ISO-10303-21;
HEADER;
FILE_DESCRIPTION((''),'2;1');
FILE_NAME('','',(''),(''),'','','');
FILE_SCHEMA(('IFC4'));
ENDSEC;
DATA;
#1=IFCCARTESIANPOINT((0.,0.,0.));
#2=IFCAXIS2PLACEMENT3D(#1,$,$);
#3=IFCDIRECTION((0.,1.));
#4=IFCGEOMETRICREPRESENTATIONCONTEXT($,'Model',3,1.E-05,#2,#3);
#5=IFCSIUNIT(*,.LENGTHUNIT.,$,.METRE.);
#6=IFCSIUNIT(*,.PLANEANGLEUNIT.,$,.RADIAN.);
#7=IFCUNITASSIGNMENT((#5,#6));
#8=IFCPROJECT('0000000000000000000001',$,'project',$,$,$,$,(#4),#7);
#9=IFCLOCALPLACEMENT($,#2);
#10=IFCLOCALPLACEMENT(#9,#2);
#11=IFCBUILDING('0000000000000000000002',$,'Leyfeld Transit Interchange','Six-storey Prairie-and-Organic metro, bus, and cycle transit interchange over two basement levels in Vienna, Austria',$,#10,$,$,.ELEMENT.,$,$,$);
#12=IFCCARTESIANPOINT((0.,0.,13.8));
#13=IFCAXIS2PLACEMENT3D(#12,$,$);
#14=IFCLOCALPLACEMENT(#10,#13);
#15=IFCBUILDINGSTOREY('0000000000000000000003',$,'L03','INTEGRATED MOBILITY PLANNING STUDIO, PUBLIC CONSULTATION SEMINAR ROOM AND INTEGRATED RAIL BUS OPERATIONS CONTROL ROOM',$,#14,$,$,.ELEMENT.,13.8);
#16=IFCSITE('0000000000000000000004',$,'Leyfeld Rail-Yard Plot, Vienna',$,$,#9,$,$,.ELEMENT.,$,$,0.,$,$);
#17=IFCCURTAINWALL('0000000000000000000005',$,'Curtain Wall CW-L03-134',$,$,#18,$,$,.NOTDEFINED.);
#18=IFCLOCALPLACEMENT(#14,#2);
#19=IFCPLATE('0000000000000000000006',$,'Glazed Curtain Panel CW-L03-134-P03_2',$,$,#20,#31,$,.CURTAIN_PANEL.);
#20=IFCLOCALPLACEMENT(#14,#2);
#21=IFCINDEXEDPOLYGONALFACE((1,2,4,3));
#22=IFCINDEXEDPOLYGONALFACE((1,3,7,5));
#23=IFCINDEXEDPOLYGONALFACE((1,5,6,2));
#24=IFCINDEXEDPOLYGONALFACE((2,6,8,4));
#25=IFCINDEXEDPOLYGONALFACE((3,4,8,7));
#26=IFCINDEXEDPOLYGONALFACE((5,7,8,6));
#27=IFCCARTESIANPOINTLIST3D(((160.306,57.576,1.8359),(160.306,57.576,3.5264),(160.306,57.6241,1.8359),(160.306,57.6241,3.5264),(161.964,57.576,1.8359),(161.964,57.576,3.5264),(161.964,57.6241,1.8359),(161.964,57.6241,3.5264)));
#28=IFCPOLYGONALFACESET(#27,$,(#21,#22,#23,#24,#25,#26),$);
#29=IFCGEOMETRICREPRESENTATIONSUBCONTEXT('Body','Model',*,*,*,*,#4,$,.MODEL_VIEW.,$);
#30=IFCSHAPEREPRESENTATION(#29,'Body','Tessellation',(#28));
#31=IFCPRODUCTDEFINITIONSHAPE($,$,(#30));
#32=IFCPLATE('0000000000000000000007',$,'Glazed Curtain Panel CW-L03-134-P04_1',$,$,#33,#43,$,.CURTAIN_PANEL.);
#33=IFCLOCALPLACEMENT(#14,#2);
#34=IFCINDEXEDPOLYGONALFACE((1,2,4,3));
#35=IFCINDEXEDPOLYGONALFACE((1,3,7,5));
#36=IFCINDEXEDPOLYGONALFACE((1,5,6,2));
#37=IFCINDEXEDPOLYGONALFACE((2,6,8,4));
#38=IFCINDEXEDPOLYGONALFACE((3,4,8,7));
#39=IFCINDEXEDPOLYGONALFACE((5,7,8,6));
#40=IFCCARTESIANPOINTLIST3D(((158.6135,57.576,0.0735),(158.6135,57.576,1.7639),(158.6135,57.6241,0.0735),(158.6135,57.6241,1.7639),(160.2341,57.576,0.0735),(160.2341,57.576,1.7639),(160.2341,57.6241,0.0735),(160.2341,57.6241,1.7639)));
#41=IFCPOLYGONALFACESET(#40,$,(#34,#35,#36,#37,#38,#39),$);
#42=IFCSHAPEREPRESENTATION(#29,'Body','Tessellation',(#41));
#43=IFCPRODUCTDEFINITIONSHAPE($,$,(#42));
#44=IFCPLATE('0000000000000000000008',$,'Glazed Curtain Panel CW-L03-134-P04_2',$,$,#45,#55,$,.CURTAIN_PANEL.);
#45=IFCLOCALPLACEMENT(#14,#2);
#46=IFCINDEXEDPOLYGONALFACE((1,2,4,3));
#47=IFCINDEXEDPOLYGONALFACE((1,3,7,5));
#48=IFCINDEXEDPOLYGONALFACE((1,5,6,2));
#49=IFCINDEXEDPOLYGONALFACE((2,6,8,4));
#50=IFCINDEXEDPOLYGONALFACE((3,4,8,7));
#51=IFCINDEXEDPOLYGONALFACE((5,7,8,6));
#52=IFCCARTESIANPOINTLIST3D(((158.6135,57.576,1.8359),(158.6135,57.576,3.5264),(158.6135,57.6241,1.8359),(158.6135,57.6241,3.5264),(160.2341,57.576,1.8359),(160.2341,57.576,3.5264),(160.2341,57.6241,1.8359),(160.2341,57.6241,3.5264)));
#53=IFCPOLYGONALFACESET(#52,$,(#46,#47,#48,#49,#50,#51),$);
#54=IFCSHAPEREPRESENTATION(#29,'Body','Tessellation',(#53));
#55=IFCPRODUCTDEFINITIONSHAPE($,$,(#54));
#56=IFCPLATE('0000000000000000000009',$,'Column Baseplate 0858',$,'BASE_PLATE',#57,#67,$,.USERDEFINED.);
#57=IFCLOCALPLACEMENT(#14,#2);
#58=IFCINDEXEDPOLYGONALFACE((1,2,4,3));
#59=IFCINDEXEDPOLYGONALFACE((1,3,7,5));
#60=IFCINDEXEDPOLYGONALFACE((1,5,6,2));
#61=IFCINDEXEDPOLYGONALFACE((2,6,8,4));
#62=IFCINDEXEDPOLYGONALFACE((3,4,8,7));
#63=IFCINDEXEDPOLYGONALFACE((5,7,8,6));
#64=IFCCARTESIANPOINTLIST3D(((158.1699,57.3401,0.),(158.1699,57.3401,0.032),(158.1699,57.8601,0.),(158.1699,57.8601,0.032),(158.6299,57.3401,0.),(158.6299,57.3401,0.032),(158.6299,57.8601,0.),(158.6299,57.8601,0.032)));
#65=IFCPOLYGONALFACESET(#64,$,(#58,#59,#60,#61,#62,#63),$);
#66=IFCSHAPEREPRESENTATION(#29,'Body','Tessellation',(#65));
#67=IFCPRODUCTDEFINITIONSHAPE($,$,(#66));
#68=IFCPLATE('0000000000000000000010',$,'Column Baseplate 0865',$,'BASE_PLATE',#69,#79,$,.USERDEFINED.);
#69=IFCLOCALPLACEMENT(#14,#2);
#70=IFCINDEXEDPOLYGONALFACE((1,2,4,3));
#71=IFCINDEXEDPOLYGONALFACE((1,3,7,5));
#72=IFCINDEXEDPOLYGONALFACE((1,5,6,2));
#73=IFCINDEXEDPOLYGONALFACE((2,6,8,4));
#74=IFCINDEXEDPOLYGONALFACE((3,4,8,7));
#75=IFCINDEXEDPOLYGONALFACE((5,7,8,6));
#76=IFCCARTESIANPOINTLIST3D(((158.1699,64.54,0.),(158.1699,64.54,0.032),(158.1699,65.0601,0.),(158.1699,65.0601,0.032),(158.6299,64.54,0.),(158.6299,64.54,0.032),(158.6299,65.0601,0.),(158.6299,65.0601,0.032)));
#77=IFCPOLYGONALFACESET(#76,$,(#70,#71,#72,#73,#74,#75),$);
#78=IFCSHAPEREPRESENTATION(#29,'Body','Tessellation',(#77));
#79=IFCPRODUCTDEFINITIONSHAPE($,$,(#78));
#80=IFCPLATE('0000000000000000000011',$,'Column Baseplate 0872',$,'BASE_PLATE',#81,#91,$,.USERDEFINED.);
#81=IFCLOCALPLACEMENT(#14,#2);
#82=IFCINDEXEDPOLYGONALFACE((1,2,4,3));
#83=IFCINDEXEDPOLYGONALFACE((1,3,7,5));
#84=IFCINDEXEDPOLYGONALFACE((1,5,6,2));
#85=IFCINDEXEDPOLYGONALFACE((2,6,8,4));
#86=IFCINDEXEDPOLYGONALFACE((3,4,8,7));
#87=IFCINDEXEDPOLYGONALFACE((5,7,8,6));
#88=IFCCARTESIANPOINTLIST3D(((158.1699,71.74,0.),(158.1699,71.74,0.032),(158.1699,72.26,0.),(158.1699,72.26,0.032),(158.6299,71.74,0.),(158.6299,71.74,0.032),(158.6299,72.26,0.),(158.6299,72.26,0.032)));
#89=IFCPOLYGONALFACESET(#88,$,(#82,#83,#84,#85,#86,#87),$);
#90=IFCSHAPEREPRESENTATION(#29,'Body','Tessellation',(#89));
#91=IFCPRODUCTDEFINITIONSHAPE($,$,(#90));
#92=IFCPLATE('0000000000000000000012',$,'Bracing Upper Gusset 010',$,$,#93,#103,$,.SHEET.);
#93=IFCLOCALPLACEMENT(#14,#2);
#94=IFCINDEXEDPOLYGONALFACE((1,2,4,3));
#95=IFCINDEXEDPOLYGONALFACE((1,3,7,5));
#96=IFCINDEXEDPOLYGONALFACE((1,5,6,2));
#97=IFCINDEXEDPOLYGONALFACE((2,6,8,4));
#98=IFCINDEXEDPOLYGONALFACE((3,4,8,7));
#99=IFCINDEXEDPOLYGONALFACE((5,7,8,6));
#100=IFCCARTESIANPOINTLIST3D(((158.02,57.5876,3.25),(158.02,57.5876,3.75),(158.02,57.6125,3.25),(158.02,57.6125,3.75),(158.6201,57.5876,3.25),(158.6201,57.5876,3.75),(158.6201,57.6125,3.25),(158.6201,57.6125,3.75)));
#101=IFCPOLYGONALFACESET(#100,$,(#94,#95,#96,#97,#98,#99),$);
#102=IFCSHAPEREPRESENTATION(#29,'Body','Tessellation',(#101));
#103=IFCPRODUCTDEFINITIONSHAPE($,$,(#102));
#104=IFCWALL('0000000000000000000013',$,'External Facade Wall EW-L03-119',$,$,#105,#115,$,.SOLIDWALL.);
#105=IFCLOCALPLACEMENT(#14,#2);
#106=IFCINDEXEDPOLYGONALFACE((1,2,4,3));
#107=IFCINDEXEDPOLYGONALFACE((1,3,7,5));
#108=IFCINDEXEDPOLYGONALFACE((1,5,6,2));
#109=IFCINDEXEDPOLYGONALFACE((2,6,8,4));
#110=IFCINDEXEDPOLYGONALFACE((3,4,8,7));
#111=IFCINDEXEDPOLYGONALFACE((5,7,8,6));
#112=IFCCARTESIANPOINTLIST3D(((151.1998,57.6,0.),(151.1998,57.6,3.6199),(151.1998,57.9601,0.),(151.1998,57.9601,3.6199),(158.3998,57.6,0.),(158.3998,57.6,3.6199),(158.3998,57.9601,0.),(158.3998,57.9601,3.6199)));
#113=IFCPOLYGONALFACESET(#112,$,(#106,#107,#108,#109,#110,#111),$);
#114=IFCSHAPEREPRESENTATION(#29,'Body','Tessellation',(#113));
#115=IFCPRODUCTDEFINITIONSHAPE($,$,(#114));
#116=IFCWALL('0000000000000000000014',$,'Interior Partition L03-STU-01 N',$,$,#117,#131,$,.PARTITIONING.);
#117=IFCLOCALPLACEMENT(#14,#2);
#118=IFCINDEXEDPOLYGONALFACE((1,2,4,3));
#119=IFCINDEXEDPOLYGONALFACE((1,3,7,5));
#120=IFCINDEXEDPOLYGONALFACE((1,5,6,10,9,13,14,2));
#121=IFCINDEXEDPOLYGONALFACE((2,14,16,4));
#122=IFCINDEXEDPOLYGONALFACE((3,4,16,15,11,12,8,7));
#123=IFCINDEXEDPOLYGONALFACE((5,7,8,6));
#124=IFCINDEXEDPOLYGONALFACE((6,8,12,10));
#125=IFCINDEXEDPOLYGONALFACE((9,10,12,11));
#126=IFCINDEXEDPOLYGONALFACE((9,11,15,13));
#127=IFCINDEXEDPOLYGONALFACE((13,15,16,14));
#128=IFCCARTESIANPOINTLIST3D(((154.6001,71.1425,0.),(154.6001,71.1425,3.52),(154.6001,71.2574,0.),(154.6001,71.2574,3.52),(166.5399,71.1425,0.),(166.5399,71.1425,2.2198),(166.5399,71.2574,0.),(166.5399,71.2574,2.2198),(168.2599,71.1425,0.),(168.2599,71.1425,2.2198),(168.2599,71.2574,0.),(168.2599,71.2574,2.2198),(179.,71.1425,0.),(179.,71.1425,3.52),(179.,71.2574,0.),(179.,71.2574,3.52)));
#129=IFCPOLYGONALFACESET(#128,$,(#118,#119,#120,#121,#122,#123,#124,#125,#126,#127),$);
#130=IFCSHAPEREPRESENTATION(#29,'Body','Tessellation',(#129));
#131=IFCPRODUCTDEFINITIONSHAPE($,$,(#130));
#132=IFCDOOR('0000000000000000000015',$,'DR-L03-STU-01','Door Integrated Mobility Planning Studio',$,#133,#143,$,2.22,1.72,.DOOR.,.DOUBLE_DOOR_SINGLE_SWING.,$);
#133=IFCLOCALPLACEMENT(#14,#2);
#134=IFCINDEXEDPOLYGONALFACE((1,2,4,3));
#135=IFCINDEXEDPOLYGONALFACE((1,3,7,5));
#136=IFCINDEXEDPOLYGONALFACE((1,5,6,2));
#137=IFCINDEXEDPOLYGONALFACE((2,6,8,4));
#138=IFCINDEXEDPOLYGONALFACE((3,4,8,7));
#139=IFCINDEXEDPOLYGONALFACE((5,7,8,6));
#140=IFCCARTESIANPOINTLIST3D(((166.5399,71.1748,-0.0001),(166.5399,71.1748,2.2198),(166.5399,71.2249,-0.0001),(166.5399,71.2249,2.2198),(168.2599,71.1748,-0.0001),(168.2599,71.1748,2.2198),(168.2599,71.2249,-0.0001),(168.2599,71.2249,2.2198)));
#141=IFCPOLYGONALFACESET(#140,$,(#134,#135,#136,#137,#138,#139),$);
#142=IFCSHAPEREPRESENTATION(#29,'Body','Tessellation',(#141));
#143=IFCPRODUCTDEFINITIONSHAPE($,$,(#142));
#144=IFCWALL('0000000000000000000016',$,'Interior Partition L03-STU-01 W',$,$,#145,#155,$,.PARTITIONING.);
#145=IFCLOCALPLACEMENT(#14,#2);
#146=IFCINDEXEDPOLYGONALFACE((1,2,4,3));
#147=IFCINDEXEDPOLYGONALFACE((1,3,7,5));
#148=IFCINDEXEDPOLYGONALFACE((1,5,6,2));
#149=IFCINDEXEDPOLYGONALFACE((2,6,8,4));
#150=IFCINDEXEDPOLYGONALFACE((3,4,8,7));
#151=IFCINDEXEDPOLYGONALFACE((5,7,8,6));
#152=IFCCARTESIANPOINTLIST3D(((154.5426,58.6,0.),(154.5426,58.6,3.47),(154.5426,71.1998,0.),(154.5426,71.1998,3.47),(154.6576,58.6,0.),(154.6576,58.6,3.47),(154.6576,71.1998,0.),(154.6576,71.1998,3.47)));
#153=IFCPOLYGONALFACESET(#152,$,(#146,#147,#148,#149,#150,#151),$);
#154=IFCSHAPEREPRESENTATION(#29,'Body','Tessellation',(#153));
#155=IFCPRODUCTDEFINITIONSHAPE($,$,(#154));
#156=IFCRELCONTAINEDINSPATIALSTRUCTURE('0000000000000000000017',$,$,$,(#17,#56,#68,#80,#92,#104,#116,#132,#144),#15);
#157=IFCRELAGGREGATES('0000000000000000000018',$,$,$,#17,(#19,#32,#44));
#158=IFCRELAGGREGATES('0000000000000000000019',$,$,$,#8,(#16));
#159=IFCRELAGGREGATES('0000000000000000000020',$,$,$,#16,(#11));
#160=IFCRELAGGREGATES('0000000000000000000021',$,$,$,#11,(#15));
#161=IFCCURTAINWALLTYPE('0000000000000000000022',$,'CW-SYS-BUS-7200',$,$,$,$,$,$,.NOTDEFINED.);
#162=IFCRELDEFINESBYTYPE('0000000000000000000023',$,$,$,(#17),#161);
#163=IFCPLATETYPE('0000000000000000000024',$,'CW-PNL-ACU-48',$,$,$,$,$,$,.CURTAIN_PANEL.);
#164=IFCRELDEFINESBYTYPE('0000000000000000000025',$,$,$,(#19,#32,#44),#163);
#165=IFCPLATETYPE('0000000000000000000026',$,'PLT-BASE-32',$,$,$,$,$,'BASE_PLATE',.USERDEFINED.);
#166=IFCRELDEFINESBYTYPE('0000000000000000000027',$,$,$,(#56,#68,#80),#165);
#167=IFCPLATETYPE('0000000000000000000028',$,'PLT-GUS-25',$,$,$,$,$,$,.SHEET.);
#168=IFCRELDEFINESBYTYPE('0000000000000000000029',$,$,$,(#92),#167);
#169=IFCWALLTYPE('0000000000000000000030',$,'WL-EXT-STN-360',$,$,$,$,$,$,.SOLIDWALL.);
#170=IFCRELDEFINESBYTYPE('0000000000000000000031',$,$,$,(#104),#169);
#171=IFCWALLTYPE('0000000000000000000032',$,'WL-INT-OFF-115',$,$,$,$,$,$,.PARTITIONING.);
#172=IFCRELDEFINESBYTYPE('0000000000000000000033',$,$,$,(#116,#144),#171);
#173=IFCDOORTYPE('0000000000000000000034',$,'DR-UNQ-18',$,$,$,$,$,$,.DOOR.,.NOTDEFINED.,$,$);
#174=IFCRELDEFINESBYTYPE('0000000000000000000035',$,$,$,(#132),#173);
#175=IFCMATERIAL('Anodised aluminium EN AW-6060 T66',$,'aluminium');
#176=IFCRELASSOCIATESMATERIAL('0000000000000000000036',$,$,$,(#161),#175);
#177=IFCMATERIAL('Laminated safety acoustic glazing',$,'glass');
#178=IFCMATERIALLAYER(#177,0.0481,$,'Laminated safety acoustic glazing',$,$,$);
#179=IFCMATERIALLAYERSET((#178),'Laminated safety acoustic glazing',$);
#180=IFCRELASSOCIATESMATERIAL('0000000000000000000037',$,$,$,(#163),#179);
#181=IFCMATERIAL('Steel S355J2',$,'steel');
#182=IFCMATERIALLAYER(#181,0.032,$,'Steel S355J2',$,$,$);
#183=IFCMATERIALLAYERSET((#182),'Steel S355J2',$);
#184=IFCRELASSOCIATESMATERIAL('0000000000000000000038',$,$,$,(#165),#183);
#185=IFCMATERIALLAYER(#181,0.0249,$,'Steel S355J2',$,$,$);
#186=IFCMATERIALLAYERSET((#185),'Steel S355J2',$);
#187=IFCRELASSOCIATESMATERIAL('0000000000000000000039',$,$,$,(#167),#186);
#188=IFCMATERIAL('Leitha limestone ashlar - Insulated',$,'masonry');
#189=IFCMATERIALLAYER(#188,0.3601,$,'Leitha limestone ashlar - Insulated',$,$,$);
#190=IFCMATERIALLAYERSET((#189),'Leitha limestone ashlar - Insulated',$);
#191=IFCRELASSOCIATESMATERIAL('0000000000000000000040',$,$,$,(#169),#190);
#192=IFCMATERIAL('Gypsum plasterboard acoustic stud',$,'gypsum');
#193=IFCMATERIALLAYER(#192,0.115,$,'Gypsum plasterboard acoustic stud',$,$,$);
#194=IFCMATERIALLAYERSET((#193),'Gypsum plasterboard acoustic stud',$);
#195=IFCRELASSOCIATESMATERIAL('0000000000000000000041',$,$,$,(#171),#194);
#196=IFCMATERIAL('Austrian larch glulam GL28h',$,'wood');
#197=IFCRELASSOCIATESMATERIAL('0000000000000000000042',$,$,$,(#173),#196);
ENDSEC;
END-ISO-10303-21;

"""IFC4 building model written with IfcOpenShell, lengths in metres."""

from ifc_helpers import new_model, si_unit, direction, frame, frame_2d, origin, origin_2d, place, context, subcontext, project, spatial, rectangle, extrude, material, layer, layer_set, type_object, element, fill, aggregate, save


model = new_model("IFC4")

# Units and contexts
model_context = context("Model", 3, precision=1e-05, world=origin(), true_north=direction((0.0, 1.0)))
body_context = subcontext(model_context, "Body", "Model", "MODEL_VIEW")
ifc_project = project(units=[si_unit("LENGTHUNIT", "METRE"), si_unit("PLANEANGLEUNIT", "RADIAN")], contexts=[model_context])

# Site, building, storey
site_placement = place(None, origin())
site = spatial("IfcSite", under=ifc_project, at=site_placement, Name="Leyfeld Rail-Yard Plot, Vienna", CompositionType="ELEMENT", RefElevation=0.0)
building_placement = place(site_placement, origin())
building = spatial("IfcBuilding", under=site, at=building_placement, Name="Leyfeld Transit Interchange", Description="Six-storey Prairie-and-Organic metro, bus, and cycle transit interchange over two basement levels in Vienna, Austria", CompositionType="ELEMENT")
storey_placement = place(building_placement, frame((0.0, 0.0, 13.8)))
storey = spatial("IfcBuildingStorey", under=building, at=storey_placement, Name="L03", Description="INTEGRATED MOBILITY PLANNING STUDIO, PUBLIC CONSULTATION SEMINAR ROOM AND INTEGRATED RAIL BUS OPERATIONS CONTROL ROOM", CompositionType="ELEMENT", Elevation=13.8)

# Shared definitions
ifc_material_1 = material(Name="Steel S355J2", Category="steel")

# Curtain wall, plates
ifc_material_2 = material(Name="Anodised aluminium EN AW-6060 T66", Category="aluminium")
curtain_wall_type = type_object("IfcCurtainWallType", Name="CW-SYS-BUS-7200", PredefinedType="NOTDEFINED", material=ifc_material_2)
curtain_wall_placement = place(storey_placement, origin())
curtain_wall = element("IfcCurtainWall", 1, at=curtain_wall_placement, inside=storey, type_object=curtain_wall_type, Name="Curtain Wall CW-L03-134", PredefinedType="NOTDEFINED")
ifc_material_3 = material(Name="Laminated safety acoustic glazing", Category="glass")
ifc_layer_1 = layer(ifc_material_3, 0.0481, Name="Laminated safety acoustic glazing")
ifc_layer_set_1 = layer_set([ifc_layer_1], Name="Laminated safety acoustic glazing")
plate_type_1 = type_object("IfcPlateType", Name="CW-PNL-ACU-48", PredefinedType="CURTAIN_PANEL", material=ifc_layer_set_1)
plate_1_placement = place(storey_placement, frame((161.135, 57.6001, 1.8359), z_axis=(0.0, 0.0, 1.0), x_axis=(-1.0, 0.0, 0.0)))
plate_1 = element("IfcPlate", 2, at=plate_1_placement, type_object=plate_type_1, Name="Glazed Curtain Panel CW-L03-134-P03_2", PredefinedType="CURTAIN_PANEL", context=body_context, shape_type="SweptSolid", body=[
    extrude(rectangle(XDim=1.658, YDim=0.0481, at=origin_2d()), origin(), (0.0, 0.0, 1.0), 1.6904),
])
plate_2_placement = place(storey_placement, frame((159.4238, 57.6001, 0.0735), z_axis=(0.0, 0.0, 1.0), x_axis=(-1.0, 0.0, 0.0)))
plate_2 = element("IfcPlate", 3, at=plate_2_placement, type_object=plate_type_1, Name="Glazed Curtain Panel CW-L03-134-P04_1", PredefinedType="CURTAIN_PANEL", context=body_context, shape_type="SweptSolid", body=[
    extrude(rectangle(XDim=1.6206, YDim=0.0481, at=origin_2d()), origin(), (0.0, 0.0, 1.0), 1.6904),
])
plate_3_placement = place(storey_placement, frame((159.4238, 57.6001, 1.8359), z_axis=(0.0, 0.0, 1.0), x_axis=(-1.0, 0.0, 0.0)))
plate_3 = element("IfcPlate", 4, at=plate_3_placement, type_object=plate_type_1, Name="Glazed Curtain Panel CW-L03-134-P04_2", PredefinedType="CURTAIN_PANEL", context=body_context, shape_type="SweptSolid", body=[
    extrude(rectangle(XDim=1.6206, YDim=0.0481, at=origin_2d()), origin(), (0.0, 0.0, 1.0), 1.6904),
])
aggregate(curtain_wall, [plate_1, plate_2, plate_3])

# Plates
ifc_layer_2 = layer(ifc_material_1, 0.032, Name="Steel S355J2")
ifc_layer_set_2 = layer_set([ifc_layer_2], Name="Steel S355J2")
plate_type_2 = type_object("IfcPlateType", Name="PLT-BASE-32", ElementType="BASE_PLATE", PredefinedType="USERDEFINED", material=ifc_layer_set_2)
for number, where, z_axis, x_axis, name in (
    (5, (158.3999, 57.6001, 0.0), (0.0, 0.0, 1.0), (1.0, 0.0, 0.0), "Column Baseplate 0858"),
    (6, (158.3999, 64.8, 0.0), (0.0, 0.0, 1.0), (1.0, 0.0, 0.0), "Column Baseplate 0865"),
    (7, (158.3999, 72.0, 0.0), (0.0, 0.0, 1.0), (1.0, 0.0, 0.0), "Column Baseplate 0872"),
):
    element("IfcPlate", number, at=place(storey_placement, frame(where, z_axis=z_axis, x_axis=x_axis)), inside=storey, type_object=plate_type_2, Name=name, ObjectType="BASE_PLATE", PredefinedType="USERDEFINED", context=body_context, shape_type="SweptSolid", body=[
        extrude(rectangle(XDim=0.46, YDim=0.52, at=origin_2d()), origin(), (0.0, 0.0, 1.0), 0.032),
    ])
ifc_layer_3 = layer(ifc_material_1, 0.0249, Name="Steel S355J2")
ifc_layer_set_3 = layer_set([ifc_layer_3], Name="Steel S355J2")
plate_type_3 = type_object("IfcPlateType", Name="PLT-GUS-25", PredefinedType="SHEET", material=ifc_layer_set_3)
plate_4_placement = place(storey_placement, frame((158.3201, 57.6001, 3.25), z_axis=(0.0, 0.0, 1.0), x_axis=(1.0, 0.0, 0.0)))
element("IfcPlate", 8, at=plate_4_placement, inside=storey, type_object=plate_type_3, Name="Bracing Upper Gusset 010", PredefinedType="SHEET", context=body_context, shape_type="SweptSolid", body=[
    extrude(rectangle(XDim=0.6001, YDim=0.0249, at=origin_2d()), origin(), (0.0, 0.0, 1.0), 0.5),
])

# Wall
ifc_material_4 = material(Name="Leitha limestone ashlar - Insulated", Category="masonry")
ifc_layer_4 = layer(ifc_material_4, 0.3601, Name="Leitha limestone ashlar - Insulated")
ifc_layer_set_4 = layer_set([ifc_layer_4], Name="Leitha limestone ashlar - Insulated")
wall_type_1 = type_object("IfcWallType", Name="WL-EXT-STN-360", PredefinedType="SOLIDWALL", material=ifc_layer_set_4)
wall_1_placement = place(storey_placement, frame((158.3999, 57.78, 0.0), z_axis=(0.0, 0.0, 1.0), x_axis=(-1.0, 0.0, 0.0)))
element("IfcWall", 9, at=wall_1_placement, inside=storey, type_object=wall_type_1, Name="External Facade Wall EW-L03-119", PredefinedType="SOLIDWALL", context=body_context, shape_type="SweptSolid", body=[
    extrude(rectangle(XDim=7.2, YDim=0.3601, at=frame_2d((3.6001, 0.0))), origin(), (0.0, 0.0, 1.0), 3.6199),
])

# Wall, opening, door
ifc_material_5 = material(Name="Gypsum plasterboard acoustic stud", Category="gypsum")
ifc_layer_5 = layer(ifc_material_5, 0.115, Name="Gypsum plasterboard acoustic stud")
ifc_layer_set_5 = layer_set([ifc_layer_5], Name="Gypsum plasterboard acoustic stud")
wall_type_2 = type_object("IfcWallType", Name="WL-INT-OFF-115", PredefinedType="PARTITIONING", material=ifc_layer_set_5)
wall_2_placement = place(storey_placement, frame((154.6001, 71.2, 0.0), z_axis=(0.0, 0.0, 1.0), x_axis=(1.0, 0.0, 0.0)))
wall_2 = element("IfcWall", 10, at=wall_2_placement, inside=storey, type_object=wall_type_2, Name="Interior Partition L03-STU-01 N", PredefinedType="PARTITIONING", context=body_context, shape_type="SweptSolid", body=[
    extrude(rectangle(XDim=24.3999, YDim=0.115, at=frame_2d((12.2, 0.0))), origin(), (0.0, 0.0, 1.0), 3.52),
])
opening_placement = place(wall_2_placement, frame((11.9399, 0.0, 0.0)))
opening = element("IfcOpeningElement", 11, at=opening_placement, cuts=wall_2, PredefinedType="OPENING", context=body_context, shape_type="SweptSolid", body=[
    extrude(rectangle(XDim=1.72, YDim=2.22, at=frame_2d((0.8599, 1.1099))), frame((0.0, 0.0674, 0.0), z_axis=(0.0, -1.0, 0.0), x_axis=(1.0, 0.0, 0.0)), (0.0, 0.0, 1.0), 0.135),
])
ifc_material_6 = material(Name="Austrian larch glulam GL28h", Category="wood")
door_type = type_object("IfcDoorType", Name="DR-UNQ-18", OperationType="NOTDEFINED", PredefinedType="DOOR", material=ifc_material_6)
door_placement = place(opening_placement, origin())
door = element("IfcDoor", 12, at=door_placement, inside=storey, type_object=door_type, Name="DR-L03-STU-01", Description="Door Integrated Mobility Planning Studio", OperationType="DOUBLE_DOOR_SINGLE_SWING", OverallHeight=2.22, OverallWidth=1.72, PredefinedType="DOOR", context=body_context, shape_type="SweptSolid", body=[
    extrude(rectangle(XDim=1.72, YDim=2.22, at=frame_2d((0.8599, 1.1099))), frame((0.0, 0.0249, 0.0), z_axis=(0.0, -1.0, 0.0), x_axis=(1.0, 0.0, 0.0)), (0.0, 0.0, 1.0), 0.05),
])
fill(opening, door)

# Wall
wall_3_placement = place(storey_placement, frame((154.6001, 58.6001, 0.0), z_axis=(0.0, 0.0, 1.0), x_axis=(0.0, 1.0, 0.0)))
element("IfcWall", 13, at=wall_3_placement, inside=storey, type_object=wall_type_2, Name="Interior Partition L03-STU-01 W", PredefinedType="PARTITIONING", context=body_context, shape_type="SweptSolid", body=[
    extrude(rectangle(XDim=12.5999, YDim=0.115, at=frame_2d((6.2998, 0.0))), origin(), (0.0, 0.0, 1.0), 3.47),
])

save(model, "model.ifc")
